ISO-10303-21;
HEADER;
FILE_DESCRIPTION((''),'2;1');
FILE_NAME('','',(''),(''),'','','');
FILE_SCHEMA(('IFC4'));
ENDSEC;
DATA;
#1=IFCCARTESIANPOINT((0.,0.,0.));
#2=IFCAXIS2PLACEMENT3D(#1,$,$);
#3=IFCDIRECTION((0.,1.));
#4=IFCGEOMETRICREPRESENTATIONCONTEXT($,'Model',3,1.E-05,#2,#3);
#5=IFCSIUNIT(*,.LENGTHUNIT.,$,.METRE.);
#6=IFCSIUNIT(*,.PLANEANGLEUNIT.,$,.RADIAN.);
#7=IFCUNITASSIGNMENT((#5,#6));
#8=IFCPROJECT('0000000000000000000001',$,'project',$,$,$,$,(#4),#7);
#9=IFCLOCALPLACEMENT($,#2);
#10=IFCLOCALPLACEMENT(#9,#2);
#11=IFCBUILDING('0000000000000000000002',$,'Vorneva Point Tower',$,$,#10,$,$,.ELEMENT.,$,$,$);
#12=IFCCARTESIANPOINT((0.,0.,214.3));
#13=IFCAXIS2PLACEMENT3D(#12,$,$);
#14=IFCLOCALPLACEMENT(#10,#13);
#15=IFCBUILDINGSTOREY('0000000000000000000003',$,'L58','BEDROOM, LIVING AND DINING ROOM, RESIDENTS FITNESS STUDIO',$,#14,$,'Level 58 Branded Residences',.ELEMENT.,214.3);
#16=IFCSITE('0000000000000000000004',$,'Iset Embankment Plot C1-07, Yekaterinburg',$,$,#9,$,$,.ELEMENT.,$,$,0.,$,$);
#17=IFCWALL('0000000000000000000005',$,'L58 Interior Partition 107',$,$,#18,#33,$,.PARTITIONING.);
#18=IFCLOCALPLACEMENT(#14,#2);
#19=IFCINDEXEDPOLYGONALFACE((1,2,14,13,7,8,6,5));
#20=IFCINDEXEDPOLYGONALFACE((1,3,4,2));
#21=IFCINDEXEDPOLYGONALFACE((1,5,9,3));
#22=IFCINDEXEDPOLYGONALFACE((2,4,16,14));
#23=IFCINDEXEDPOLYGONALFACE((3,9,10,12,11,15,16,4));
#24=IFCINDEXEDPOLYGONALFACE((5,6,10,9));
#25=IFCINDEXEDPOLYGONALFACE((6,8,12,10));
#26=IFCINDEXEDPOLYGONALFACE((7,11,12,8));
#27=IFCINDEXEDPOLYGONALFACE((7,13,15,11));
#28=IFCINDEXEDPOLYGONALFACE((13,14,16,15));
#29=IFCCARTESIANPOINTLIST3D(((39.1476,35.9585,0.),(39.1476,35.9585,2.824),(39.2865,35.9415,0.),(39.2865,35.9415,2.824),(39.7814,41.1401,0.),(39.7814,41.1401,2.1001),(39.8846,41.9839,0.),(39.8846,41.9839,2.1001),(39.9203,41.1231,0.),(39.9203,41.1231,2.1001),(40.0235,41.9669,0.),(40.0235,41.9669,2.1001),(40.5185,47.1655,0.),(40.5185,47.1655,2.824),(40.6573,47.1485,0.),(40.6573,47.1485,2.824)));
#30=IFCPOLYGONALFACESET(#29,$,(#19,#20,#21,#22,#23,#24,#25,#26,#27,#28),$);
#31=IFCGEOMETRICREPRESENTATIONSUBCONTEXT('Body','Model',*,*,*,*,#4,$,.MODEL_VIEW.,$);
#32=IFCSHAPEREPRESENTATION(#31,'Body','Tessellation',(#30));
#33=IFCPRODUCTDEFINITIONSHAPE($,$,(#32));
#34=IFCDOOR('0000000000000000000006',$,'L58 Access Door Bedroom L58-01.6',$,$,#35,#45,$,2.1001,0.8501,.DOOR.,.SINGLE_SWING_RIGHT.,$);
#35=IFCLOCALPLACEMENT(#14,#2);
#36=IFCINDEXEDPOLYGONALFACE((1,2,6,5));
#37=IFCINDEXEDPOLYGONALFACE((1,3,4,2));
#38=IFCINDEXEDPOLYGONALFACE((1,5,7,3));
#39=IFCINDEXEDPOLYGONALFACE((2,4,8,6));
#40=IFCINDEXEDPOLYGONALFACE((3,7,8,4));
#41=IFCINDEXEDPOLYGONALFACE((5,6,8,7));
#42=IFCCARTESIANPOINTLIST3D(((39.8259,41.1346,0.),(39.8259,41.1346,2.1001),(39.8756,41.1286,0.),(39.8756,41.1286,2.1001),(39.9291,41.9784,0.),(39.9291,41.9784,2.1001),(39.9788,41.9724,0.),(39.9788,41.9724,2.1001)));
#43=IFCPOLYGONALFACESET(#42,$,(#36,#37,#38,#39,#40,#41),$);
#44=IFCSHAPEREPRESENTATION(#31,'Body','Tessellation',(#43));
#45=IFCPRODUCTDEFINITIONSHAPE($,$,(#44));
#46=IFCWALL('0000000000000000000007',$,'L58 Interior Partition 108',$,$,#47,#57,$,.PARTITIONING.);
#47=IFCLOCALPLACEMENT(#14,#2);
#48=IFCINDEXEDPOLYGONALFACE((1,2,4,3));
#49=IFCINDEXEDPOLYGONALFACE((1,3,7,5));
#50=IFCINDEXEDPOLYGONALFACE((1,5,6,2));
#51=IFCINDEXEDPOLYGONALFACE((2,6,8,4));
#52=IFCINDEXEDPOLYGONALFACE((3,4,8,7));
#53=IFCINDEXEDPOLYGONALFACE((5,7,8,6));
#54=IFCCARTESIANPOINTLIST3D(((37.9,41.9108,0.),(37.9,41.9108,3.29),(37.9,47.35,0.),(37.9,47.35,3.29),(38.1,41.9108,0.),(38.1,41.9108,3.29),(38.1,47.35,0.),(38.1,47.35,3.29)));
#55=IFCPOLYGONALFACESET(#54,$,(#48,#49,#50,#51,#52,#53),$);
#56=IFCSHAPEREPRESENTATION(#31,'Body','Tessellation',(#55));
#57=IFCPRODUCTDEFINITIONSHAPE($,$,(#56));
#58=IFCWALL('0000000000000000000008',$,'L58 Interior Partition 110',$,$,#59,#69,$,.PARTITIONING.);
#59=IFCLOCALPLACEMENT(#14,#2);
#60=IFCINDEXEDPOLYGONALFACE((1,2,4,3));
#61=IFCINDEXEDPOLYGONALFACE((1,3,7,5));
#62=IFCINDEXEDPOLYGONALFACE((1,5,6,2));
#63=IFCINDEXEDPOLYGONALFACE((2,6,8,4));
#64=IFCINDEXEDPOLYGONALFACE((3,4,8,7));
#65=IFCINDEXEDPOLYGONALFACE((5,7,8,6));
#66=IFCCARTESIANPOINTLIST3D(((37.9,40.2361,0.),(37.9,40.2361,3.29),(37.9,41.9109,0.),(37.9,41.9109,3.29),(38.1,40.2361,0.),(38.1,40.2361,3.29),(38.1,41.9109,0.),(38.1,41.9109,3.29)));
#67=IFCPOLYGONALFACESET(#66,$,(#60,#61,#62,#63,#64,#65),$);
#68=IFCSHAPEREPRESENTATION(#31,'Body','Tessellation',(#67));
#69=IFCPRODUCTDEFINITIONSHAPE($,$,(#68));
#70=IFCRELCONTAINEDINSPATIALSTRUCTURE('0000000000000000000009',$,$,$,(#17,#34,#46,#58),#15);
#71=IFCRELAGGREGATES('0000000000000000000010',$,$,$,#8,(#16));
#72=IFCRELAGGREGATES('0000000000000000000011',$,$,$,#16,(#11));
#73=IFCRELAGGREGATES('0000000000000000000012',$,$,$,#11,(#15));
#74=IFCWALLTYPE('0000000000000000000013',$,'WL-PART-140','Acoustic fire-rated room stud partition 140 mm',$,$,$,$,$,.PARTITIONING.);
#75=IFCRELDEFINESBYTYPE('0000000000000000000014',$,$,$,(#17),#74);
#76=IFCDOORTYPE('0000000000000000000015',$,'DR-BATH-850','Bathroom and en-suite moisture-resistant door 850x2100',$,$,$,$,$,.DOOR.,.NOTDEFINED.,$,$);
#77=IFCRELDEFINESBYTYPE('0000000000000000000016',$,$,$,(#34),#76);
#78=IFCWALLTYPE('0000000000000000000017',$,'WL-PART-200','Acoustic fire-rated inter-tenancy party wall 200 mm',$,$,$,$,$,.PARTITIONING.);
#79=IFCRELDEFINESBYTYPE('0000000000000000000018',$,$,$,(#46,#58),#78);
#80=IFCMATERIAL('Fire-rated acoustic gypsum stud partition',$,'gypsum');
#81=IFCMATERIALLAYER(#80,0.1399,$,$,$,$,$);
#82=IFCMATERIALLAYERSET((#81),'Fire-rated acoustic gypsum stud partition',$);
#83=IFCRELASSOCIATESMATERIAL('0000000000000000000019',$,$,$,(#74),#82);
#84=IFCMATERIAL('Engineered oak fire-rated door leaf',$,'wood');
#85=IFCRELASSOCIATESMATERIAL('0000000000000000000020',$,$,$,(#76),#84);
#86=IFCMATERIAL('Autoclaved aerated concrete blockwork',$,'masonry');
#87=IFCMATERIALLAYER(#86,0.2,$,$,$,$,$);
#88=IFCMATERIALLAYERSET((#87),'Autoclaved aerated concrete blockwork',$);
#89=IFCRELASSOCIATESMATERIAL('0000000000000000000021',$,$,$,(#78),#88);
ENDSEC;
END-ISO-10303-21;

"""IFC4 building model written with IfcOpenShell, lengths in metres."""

from ifc_helpers import new_model, si_unit, direction, frame, frame_2d, origin, place, context, subcontext, project, spatial, rectangle, extrude, material, layer, layer_set, type_object, element, fill, save


model = new_model("IFC4")

# Units and contexts
model_context = context("Model", 3, precision=1e-05, world=origin(), true_north=direction((0.0, 1.0)))
body_context = subcontext(model_context, "Body", "Model", "MODEL_VIEW")
ifc_project = project(units=[si_unit("LENGTHUNIT", "METRE"), si_unit("PLANEANGLEUNIT", "RADIAN")], contexts=[model_context])

# Site, building, storey
site_placement = place(None, origin())
site = spatial("IfcSite", under=ifc_project, at=site_placement, Name="Iset Embankment Plot C1-07, Yekaterinburg", CompositionType="ELEMENT", RefElevation=0.0)
building_placement = place(site_placement, origin())
building = spatial("IfcBuilding", under=site, at=building_placement, Name="Vorneva Point Tower", CompositionType="ELEMENT")
storey_placement = place(building_placement, frame((0.0, 0.0, 214.3)))
storey = spatial("IfcBuildingStorey", under=building, at=storey_placement, Name="L58", Description="BEDROOM, LIVING AND DINING ROOM, RESIDENTS FITNESS STUDIO", LongName="Level 58 Branded Residences", CompositionType="ELEMENT", Elevation=214.3)

# Shared definitions
ifc_material_1 = material(Name="Fire-rated acoustic gypsum stud partition", Category="gypsum")
ifc_layer_1 = layer(ifc_material_1, 0.1399)
ifc_layer_set_1 = layer_set([ifc_layer_1], Name="Fire-rated acoustic gypsum stud partition")
wall_type_1 = type_object("IfcWallType", Name="WL-PART-140", Description="Acoustic fire-rated room stud partition 140 mm", PredefinedType="PARTITIONING", material=ifc_layer_set_1)

# Wall, opening, door
wall_1_placement = place(storey_placement, frame((40.5879, 47.157, 0.0), z_axis=(0.0, 0.0, 1.0), x_axis=(-0.121416, -0.992602, 0.0)))
wall_1 = element("IfcWall", 1, at=wall_1_placement, inside=storey, type_object=wall_type_1, Name="L58 Interior Partition 107", PredefinedType="PARTITIONING", context=body_context, shape_type="SweptSolid", body=[
    extrude(rectangle(XDim=11.2905, YDim=0.1399, at=frame_2d((5.6453, 0.0))), origin(), (0.0, 0.0, 1.0), 2.824),
])
opening_placement = place(wall_1_placement, frame((5.2202, 0.0, 0.0)))
opening = element("IfcOpeningElement", 2, at=opening_placement, cuts=wall_1, PredefinedType="OPENING", context=body_context, shape_type="SweptSolid", body=[
    extrude(rectangle(XDim=0.8501, YDim=2.1001, at=frame_2d((0.425, 1.05))), frame((0.0, 0.085, 0.0), z_axis=(0.0, -1.0, 0.0), x_axis=(1.0, 0.0, 0.0)), (0.0, 0.0, 1.0), 0.1697),
])
ifc_material_2 = material(Name="Engineered oak fire-rated door leaf", Category="wood")
door_type = type_object("IfcDoorType", Name="DR-BATH-850", Description="Bathroom and en-suite moisture-resistant door 850x2100", OperationType="NOTDEFINED", PredefinedType="DOOR", material=ifc_material_2)
door_placement = place(opening_placement, origin())
door = element("IfcDoor", 3, at=door_placement, inside=storey, type_object=door_type, Name="L58 Access Door Bedroom L58-01.6", OperationType="SINGLE_SWING_RIGHT", OverallHeight=2.1001, OverallWidth=0.8501, PredefinedType="DOOR", context=body_context, shape_type="SweptSolid", body=[
    extrude(rectangle(XDim=0.8501, YDim=2.1001, at=frame_2d((0.425, 1.05))), frame((0.0, 0.0249, 0.0), z_axis=(0.0, -1.0, 0.0), x_axis=(1.0, 0.0, 0.0)), (0.0, 0.0, 1.0), 0.05),
])
fill(opening, door)

# Walls
ifc_material_3 = material(Name="Autoclaved aerated concrete blockwork", Category="masonry")
ifc_layer_2 = layer(ifc_material_3, 0.2)
ifc_layer_set_2 = layer_set([ifc_layer_2], Name="Autoclaved aerated concrete blockwork")
wall_type_2 = type_object("IfcWallType", Name="WL-PART-200", Description="Acoustic fire-rated inter-tenancy party wall 200 mm", PredefinedType="PARTITIONING", material=ifc_layer_set_2)
wall_2_placement = place(storey_placement, frame((38.0, 47.3501, 0.0), z_axis=(0.0, 0.0, 1.0), x_axis=(0.0, -1.0, 0.0)))
element("IfcWall", 4, at=wall_2_placement, inside=storey, type_object=wall_type_2, Name="L58 Interior Partition 108", PredefinedType="PARTITIONING", context=body_context, shape_type="SweptSolid", body=[
    extrude(rectangle(XDim=5.4392, YDim=0.2, at=frame_2d((2.7197, 0.0))), origin(), (0.0, 0.0, 1.0), 3.29),
])
wall_3_placement = place(storey_placement, frame((38.0, 41.9109, 0.0), z_axis=(0.0, 0.0, 1.0), x_axis=(0.0, -1.0, 0.0)))
element("IfcWall", 5, at=wall_3_placement, inside=storey, type_object=wall_type_2, Name="L58 Interior Partition 110", PredefinedType="PARTITIONING", context=body_context, shape_type="SweptSolid", body=[
    extrude(rectangle(XDim=1.6748, YDim=0.2, at=frame_2d((0.8374, 0.0))), origin(), (0.0, 0.0, 1.0), 3.29),
])

save(model, "model.ifc")
